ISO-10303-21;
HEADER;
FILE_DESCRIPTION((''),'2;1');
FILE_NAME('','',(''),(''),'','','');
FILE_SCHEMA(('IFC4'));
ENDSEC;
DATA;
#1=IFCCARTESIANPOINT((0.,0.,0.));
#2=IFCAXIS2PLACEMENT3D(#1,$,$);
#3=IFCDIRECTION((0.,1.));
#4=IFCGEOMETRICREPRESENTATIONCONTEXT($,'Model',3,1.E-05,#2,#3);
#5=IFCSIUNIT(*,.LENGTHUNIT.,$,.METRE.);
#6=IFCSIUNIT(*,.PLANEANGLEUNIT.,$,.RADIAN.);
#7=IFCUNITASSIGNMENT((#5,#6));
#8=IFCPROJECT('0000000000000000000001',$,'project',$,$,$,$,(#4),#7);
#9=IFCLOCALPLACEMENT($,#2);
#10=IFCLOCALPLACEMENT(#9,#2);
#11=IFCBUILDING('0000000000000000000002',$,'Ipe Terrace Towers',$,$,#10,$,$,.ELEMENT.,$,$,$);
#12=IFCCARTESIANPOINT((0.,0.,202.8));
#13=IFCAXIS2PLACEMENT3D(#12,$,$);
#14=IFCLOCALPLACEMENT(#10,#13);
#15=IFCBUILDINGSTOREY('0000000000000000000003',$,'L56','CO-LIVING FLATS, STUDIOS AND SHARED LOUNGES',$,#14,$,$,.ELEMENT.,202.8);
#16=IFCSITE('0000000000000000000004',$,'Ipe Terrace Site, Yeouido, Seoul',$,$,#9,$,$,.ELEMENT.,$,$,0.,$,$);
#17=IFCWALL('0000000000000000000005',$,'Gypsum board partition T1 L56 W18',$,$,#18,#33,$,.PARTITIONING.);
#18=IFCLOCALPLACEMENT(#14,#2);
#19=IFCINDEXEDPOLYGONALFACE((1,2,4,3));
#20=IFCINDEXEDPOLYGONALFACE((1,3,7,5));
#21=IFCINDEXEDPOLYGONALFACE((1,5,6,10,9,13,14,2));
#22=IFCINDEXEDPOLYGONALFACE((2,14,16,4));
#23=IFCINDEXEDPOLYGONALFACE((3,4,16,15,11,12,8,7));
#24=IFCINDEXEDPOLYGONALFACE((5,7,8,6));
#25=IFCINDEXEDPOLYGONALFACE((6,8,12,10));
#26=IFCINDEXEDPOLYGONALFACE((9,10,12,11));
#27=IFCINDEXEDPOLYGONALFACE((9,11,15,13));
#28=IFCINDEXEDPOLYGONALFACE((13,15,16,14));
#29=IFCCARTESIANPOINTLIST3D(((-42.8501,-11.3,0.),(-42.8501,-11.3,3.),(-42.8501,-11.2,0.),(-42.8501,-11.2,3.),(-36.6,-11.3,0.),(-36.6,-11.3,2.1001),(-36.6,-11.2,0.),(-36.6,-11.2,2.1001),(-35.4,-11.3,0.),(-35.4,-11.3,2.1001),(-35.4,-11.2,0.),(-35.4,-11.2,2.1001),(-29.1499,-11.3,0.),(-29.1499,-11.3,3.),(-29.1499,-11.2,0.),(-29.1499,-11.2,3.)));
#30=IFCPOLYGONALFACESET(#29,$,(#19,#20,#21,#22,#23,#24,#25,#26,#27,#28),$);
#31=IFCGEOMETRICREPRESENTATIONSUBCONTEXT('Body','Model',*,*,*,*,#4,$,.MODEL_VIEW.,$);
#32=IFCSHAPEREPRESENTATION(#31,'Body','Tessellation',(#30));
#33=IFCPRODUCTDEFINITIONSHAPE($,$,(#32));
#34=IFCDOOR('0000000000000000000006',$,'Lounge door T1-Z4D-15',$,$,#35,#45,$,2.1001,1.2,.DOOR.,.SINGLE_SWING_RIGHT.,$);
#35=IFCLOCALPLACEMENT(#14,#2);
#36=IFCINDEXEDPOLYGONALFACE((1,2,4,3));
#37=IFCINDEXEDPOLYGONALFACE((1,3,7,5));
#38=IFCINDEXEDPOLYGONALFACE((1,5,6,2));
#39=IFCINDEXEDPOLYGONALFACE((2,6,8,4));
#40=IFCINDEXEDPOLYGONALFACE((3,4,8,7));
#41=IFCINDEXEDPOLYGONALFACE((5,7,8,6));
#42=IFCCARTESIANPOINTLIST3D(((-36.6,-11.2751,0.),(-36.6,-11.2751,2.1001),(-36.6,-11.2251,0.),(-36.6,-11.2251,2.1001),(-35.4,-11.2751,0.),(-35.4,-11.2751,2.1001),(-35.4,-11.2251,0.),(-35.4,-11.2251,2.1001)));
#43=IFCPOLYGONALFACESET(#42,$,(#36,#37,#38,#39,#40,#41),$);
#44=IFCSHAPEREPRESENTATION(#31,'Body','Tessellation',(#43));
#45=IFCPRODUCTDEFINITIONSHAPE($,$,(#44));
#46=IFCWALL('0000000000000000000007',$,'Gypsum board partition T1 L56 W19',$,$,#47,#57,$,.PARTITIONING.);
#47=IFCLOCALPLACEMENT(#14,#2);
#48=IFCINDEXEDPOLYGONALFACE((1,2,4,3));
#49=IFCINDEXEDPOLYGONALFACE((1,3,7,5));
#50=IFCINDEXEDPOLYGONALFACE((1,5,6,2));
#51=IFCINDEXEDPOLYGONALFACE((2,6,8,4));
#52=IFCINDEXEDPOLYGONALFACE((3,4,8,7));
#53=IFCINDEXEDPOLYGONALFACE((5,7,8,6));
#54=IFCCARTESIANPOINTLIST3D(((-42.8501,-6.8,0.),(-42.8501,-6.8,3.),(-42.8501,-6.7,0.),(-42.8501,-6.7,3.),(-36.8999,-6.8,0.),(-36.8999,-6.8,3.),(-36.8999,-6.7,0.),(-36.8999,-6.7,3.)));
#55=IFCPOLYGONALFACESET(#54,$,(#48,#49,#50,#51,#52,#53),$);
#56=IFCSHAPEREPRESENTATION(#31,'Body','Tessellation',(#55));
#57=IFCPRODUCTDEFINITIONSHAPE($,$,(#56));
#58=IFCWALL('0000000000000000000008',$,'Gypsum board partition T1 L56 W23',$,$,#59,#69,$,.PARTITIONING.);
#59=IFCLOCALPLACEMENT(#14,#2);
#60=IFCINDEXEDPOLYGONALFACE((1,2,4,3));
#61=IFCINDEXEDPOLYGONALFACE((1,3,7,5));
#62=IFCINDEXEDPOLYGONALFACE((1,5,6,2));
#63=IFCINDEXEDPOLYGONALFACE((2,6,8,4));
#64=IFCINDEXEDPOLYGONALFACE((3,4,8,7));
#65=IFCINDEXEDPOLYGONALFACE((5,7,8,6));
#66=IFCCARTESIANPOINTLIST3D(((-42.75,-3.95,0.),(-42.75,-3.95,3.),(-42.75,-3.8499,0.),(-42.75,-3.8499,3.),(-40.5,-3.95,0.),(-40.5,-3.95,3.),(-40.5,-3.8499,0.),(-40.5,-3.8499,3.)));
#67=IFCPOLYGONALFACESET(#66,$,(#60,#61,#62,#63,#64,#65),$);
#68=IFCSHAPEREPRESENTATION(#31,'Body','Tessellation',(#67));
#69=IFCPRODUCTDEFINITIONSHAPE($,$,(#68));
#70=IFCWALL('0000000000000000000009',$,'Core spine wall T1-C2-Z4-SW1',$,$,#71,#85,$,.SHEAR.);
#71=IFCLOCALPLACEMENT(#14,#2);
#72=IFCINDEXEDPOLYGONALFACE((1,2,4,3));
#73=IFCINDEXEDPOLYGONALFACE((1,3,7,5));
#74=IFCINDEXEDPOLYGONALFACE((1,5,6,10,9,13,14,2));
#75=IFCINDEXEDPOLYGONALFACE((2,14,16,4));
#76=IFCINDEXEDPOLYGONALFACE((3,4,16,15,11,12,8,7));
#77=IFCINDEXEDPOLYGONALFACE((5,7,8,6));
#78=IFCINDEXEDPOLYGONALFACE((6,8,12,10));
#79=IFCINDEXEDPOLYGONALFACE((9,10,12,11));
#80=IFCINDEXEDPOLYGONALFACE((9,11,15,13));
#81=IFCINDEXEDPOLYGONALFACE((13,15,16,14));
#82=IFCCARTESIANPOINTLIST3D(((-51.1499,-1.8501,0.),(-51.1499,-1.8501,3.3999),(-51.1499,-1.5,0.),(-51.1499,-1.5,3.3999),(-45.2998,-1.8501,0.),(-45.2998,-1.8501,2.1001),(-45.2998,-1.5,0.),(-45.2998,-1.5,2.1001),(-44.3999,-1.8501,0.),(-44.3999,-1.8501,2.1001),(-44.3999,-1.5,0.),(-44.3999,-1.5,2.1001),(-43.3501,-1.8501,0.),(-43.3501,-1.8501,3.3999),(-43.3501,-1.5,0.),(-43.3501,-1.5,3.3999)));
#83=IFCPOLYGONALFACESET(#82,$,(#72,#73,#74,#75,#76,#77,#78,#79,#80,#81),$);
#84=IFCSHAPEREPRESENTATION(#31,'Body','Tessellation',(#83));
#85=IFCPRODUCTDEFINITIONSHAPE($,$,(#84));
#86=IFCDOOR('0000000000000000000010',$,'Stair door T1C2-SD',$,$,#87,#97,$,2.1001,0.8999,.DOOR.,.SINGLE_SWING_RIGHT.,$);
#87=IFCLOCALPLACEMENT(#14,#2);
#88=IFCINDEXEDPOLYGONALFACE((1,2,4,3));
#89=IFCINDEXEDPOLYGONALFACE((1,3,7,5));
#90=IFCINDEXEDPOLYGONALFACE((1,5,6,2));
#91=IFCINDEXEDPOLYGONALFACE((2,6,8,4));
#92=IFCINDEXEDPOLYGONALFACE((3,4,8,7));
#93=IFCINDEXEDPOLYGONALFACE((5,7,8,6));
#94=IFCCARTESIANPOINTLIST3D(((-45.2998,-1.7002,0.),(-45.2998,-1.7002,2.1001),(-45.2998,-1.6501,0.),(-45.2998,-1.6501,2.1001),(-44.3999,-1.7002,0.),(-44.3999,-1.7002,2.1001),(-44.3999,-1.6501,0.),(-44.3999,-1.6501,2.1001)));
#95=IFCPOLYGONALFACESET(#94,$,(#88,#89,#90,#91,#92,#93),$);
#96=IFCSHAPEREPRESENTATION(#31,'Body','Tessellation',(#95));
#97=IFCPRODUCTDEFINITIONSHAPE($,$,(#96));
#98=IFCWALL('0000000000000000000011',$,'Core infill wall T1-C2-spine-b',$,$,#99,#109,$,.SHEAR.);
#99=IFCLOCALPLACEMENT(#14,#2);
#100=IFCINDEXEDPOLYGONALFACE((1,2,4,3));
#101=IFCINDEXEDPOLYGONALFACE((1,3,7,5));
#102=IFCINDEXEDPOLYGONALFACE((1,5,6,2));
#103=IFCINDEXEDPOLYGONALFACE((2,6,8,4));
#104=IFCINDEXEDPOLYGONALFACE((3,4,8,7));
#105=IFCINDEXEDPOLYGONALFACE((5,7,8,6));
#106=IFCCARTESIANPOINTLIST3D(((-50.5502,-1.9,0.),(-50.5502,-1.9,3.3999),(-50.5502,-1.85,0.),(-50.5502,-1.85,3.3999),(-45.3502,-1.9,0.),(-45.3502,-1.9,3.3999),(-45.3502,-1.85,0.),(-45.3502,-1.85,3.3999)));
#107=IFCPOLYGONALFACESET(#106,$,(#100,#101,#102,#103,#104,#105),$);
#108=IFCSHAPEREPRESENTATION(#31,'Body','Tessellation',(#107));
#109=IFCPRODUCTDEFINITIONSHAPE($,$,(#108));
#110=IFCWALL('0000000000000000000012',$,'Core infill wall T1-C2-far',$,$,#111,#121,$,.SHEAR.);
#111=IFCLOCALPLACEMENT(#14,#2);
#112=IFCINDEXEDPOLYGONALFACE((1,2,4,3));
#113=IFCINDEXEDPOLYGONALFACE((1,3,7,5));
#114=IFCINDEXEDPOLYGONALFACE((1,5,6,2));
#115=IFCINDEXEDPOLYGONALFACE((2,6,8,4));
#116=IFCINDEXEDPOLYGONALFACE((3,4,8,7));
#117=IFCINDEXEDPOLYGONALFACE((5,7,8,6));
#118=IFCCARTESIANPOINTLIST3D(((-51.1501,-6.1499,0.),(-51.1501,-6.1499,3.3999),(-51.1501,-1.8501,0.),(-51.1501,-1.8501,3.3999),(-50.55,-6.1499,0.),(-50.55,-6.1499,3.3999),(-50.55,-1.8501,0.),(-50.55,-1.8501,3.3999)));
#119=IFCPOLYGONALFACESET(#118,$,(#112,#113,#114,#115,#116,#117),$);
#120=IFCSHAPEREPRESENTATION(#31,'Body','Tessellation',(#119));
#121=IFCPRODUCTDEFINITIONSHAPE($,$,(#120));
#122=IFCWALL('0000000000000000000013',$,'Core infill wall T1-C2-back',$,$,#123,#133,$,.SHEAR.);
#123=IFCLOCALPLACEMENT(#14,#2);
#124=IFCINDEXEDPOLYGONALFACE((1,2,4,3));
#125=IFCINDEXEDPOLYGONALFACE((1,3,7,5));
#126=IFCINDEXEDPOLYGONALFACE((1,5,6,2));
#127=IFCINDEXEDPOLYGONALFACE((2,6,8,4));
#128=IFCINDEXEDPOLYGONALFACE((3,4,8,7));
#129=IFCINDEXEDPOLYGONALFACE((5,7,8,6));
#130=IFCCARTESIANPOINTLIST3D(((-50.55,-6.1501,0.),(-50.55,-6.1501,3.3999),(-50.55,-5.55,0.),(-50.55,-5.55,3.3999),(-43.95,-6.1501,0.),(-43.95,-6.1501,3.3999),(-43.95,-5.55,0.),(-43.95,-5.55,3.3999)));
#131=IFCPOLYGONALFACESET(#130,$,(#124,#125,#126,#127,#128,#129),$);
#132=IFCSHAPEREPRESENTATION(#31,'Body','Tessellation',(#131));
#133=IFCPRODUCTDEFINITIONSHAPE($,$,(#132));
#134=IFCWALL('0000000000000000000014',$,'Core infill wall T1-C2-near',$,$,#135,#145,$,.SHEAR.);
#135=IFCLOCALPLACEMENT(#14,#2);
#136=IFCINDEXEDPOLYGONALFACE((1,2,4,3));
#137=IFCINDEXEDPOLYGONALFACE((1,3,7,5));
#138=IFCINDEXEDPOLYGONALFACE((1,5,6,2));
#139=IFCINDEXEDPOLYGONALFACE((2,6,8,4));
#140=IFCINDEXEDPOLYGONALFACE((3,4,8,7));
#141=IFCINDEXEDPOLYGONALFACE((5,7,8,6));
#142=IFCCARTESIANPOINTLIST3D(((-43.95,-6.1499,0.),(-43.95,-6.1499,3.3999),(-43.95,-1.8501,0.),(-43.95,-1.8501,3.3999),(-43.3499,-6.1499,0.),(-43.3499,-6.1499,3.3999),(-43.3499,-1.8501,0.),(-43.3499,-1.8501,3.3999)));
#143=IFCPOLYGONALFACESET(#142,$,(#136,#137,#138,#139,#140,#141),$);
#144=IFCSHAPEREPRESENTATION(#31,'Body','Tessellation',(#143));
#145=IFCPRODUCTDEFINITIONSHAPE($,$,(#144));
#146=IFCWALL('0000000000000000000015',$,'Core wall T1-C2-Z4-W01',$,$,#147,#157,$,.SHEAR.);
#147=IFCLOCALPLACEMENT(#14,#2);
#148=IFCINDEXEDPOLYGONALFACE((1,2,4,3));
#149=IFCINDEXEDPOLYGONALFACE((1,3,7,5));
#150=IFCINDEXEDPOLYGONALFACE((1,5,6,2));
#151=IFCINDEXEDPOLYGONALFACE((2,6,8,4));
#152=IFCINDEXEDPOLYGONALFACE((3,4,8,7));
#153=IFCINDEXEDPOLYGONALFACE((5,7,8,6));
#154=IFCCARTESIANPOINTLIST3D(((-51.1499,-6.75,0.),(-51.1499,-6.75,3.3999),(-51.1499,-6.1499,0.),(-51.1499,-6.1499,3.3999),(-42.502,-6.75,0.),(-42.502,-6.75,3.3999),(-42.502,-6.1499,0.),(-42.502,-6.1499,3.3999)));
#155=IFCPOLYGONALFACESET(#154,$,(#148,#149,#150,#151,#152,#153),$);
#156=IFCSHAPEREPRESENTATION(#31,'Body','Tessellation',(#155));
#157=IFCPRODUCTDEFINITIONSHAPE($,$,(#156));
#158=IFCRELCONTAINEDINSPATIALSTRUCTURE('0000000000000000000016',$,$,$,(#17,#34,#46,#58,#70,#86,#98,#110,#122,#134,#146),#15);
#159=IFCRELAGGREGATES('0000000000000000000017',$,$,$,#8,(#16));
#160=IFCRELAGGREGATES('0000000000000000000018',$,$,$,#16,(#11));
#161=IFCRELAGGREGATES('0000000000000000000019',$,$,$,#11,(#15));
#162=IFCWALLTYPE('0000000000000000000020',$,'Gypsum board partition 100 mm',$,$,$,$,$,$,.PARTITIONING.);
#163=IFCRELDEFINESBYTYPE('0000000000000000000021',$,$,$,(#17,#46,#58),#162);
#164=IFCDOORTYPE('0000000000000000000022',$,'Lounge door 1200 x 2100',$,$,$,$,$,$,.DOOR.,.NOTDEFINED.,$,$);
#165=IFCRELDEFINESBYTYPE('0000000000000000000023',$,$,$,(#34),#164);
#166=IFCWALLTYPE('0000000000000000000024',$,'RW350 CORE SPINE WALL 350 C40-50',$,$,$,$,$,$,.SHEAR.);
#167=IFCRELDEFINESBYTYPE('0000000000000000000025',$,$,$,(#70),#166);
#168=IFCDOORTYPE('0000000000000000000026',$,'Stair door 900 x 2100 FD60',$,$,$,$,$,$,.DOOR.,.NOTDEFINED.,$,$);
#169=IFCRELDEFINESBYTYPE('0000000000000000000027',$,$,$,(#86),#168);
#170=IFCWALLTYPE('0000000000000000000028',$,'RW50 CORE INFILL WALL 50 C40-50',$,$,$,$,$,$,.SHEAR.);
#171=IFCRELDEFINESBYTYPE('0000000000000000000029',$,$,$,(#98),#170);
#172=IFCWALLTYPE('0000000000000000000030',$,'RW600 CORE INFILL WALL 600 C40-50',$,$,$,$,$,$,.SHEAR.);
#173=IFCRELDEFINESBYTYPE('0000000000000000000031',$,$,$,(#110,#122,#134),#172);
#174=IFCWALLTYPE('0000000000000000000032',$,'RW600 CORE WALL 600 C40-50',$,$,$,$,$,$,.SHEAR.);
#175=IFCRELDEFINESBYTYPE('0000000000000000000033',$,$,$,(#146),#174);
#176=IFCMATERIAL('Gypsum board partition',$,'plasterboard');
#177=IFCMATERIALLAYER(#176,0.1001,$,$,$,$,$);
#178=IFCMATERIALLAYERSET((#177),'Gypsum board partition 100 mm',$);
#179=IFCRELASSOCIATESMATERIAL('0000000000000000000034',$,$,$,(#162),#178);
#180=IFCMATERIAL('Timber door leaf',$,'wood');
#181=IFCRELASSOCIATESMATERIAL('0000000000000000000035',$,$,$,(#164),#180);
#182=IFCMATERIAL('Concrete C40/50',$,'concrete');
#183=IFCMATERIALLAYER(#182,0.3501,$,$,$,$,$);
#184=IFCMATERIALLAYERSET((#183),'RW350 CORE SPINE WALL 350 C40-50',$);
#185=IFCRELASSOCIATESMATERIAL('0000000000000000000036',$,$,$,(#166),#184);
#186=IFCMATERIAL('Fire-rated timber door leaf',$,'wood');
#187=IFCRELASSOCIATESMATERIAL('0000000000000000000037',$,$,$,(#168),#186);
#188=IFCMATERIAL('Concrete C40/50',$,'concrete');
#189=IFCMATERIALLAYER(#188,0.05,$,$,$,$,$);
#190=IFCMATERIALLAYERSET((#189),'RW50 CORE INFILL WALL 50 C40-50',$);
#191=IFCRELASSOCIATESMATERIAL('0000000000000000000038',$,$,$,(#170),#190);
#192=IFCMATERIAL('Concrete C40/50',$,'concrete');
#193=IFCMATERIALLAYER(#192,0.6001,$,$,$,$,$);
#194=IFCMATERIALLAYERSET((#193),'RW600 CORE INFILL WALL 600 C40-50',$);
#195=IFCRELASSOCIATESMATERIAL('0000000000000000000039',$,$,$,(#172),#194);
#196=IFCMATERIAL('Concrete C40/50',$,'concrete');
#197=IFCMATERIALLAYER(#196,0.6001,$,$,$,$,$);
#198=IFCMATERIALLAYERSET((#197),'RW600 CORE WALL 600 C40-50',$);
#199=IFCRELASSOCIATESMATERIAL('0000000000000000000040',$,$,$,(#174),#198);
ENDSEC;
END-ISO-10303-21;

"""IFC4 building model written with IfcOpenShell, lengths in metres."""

from ifc_helpers import new_model, si_unit, direction, frame, frame_2d, origin, place, context, subcontext, project, spatial, rectangle, extrude, material, layer, layer_set, type_object, element, fill, save


model = new_model("IFC4")

# Units and contexts
model_context = context("Model", 3, precision=1e-05, world=origin(), true_north=direction((0.0, 1.0)))
body_context = subcontext(model_context, "Body", "Model", "MODEL_VIEW")
ifc_project = project(units=[si_unit("LENGTHUNIT", "METRE"), si_unit("PLANEANGLEUNIT", "RADIAN")], contexts=[model_context])

# Site, building, storey
site_placement = place(None, origin())
site = spatial("IfcSite", under=ifc_project, at=site_placement, Name="Ipe Terrace Site, Yeouido, Seoul", CompositionType="ELEMENT", RefElevation=0.0)
building_placement = place(site_placement, origin())
building = spatial("IfcBuilding", under=site, at=building_placement, Name="Ipe Terrace Towers", CompositionType="ELEMENT")
storey_placement = place(building_placement, frame((0.0, 0.0, 202.8)))
storey = spatial("IfcBuildingStorey", under=building, at=storey_placement, Name="L56", Description="CO-LIVING FLATS, STUDIOS AND SHARED LOUNGES", CompositionType="ELEMENT", Elevation=202.8)

# Wall, opening, door
ifc_material_1 = material(Name="Gypsum board partition", Category="plasterboard")
ifc_layer_1 = layer(ifc_material_1, 0.1001)
ifc_layer_set_1 = layer_set([ifc_layer_1], Name="Gypsum board partition 100 mm")
wall_type_1 = type_object("IfcWallType", Name="Gypsum board partition 100 mm", PredefinedType="PARTITIONING", material=ifc_layer_set_1)
wall_1_placement = place(storey_placement, frame((-42.8501, -11.25, 0.0), z_axis=(0.0, 0.0, 1.0), x_axis=(1.0, 0.0, 0.0)))
wall_1 = element("IfcWall", 1, at=wall_1_placement, inside=storey, type_object=wall_type_1, Name="Gypsum board partition T1 L56 W18", PredefinedType="PARTITIONING", context=body_context, shape_type="SweptSolid", body=[
    extrude(rectangle(XDim=13.7002, YDim=0.1001, at=frame_2d((6.8501, 0.0))), origin(), (0.0, 0.0, 1.0), 3.0),
])
opening_1_placement = place(wall_1_placement, frame((6.25, 0.0, 0.0)))
opening_1 = element("IfcOpeningElement", 2, at=opening_1_placement, cuts=wall_1, PredefinedType="OPENING", context=body_context, shape_type="SweptSolid", body=[
    extrude(rectangle(XDim=1.2, YDim=2.1001, at=frame_2d((0.6001, 1.05))), frame((0.0, 0.0601, 0.0), z_axis=(0.0, -1.0, 0.0), x_axis=(1.0, 0.0, 0.0)), (0.0, 0.0, 1.0), 0.1201),
])
ifc_material_2 = material(Name="Timber door leaf", Category="wood")
door_type_1 = type_object("IfcDoorType", Name="Lounge door 1200 x 2100", OperationType="NOTDEFINED", PredefinedType="DOOR", material=ifc_material_2)
door_1_placement = place(opening_1_placement, origin())
door_1 = element("IfcDoor", 3, at=door_1_placement, inside=storey, type_object=door_type_1, Name="Lounge door T1-Z4D-15", OperationType="SINGLE_SWING_RIGHT", OverallHeight=2.1001, OverallWidth=1.2, PredefinedType="DOOR", context=body_context, shape_type="SweptSolid", body=[
    extrude(rectangle(XDim=1.2, YDim=2.1001, at=frame_2d((0.6001, 1.05))), frame((0.0, 0.0249, 0.0), z_axis=(0.0, -1.0, 0.0), x_axis=(1.0, 0.0, 0.0)), (0.0, 0.0, 1.0), 0.05),
])
fill(opening_1, door_1)

# Walls
wall_2_placement = place(storey_placement, frame((-42.8501, -6.75, 0.0), z_axis=(0.0, 0.0, 1.0), x_axis=(1.0, 0.0, 0.0)))
element("IfcWall", 4, at=wall_2_placement, inside=storey, type_object=wall_type_1, Name="Gypsum board partition T1 L56 W19", PredefinedType="PARTITIONING", context=body_context, shape_type="SweptSolid", body=[
    extrude(rectangle(XDim=5.9502, YDim=0.1001, at=frame_2d((2.9751, 0.0))), origin(), (0.0, 0.0, 1.0), 3.0),
])
wall_3_placement = place(storey_placement, frame((-42.75, -3.8999, 0.0), z_axis=(0.0, 0.0, 1.0), x_axis=(1.0, 0.0, 0.0)))
element("IfcWall", 5, at=wall_3_placement, inside=storey, type_object=wall_type_1, Name="Gypsum board partition T1 L56 W23", PredefinedType="PARTITIONING", context=body_context, shape_type="SweptSolid", body=[
    extrude(rectangle(XDim=2.25, YDim=0.1001, at=frame_2d((1.125, 0.0))), origin(), (0.0, 0.0, 1.0), 3.0),
])

# Wall, opening, door
ifc_material_3 = material(Name="Concrete C40/50", Category="concrete")
ifc_layer_2 = layer(ifc_material_3, 0.3501)
ifc_layer_set_2 = layer_set([ifc_layer_2], Name="RW350 CORE SPINE WALL 350 C40-50")
wall_type_2 = type_object("IfcWallType", Name="RW350 CORE SPINE WALL 350 C40-50", PredefinedType="SHEAR", material=ifc_layer_set_2)
wall_4_placement = place(storey_placement, frame((-51.1499, -1.675, 0.0), z_axis=(0.0, 0.0, 1.0), x_axis=(1.0, 0.0, 0.0)))
wall_4 = element("IfcWall", 6, at=wall_4_placement, inside=storey, type_object=wall_type_2, Name="Core spine wall T1-C2-Z4-SW1", PredefinedType="SHEAR", context=body_context, shape_type="SweptSolid", body=[
    extrude(rectangle(XDim=7.7998, YDim=0.3501, at=frame_2d((3.8999, 0.0))), origin(), (0.0, 0.0, 1.0), 3.3999),
])
opening_2_placement = place(wall_4_placement, frame((5.8501, 0.0, 0.0)))
opening_2 = element("IfcOpeningElement", 7, at=opening_2_placement, cuts=wall_4, PredefinedType="OPENING", context=body_context, shape_type="SweptSolid", body=[
    extrude(rectangle(XDim=0.8999, YDim=2.1001, at=frame_2d((0.45, 1.05))), frame((0.0, 0.1851, 0.0), z_axis=(0.0, -1.0, 0.0), x_axis=(1.0, 0.0, 0.0)), (0.0, 0.0, 1.0), 0.3701),
])
ifc_material_4 = material(Name="Fire-rated timber door leaf", Category="wood")
door_type_2 = type_object("IfcDoorType", Name="Stair door 900 x 2100 FD60", OperationType="NOTDEFINED", PredefinedType="DOOR", material=ifc_material_4)
door_2_placement = place(opening_2_placement, origin())
door_2 = element("IfcDoor", 8, at=door_2_placement, inside=storey, type_object=door_type_2, Name="Stair door T1C2-SD", OperationType="SINGLE_SWING_RIGHT", OverallHeight=2.1001, OverallWidth=0.8999, PredefinedType="DOOR", context=body_context, shape_type="SweptSolid", body=[
    extrude(rectangle(XDim=0.8999, YDim=2.1001, at=frame_2d((0.45, 1.05))), frame((0.0, 0.0249, 0.0), z_axis=(0.0, -1.0, 0.0), x_axis=(1.0, 0.0, 0.0)), (0.0, 0.0, 1.0), 0.05),
])
fill(opening_2, door_2)

# Walls
ifc_material_5 = material(Name="Concrete C40/50", Category="concrete")
ifc_layer_3 = layer(ifc_material_5, 0.05)
ifc_layer_set_3 = layer_set([ifc_layer_3], Name="RW50 CORE INFILL WALL 50 C40-50")
wall_type_3 = type_object("IfcWallType", Name="RW50 CORE INFILL WALL 50 C40-50", PredefinedType="SHEAR", material=ifc_layer_set_3)
wall_5_placement = place(storey_placement, frame((-45.3501, -1.875, 0.0), z_axis=(0.0, 0.0, 1.0), x_axis=(-1.0, 0.0, 0.0)))
element("IfcWall", 9, at=wall_5_placement, inside=storey, type_object=wall_type_3, Name="Core infill wall T1-C2-spine-b", PredefinedType="SHEAR", context=body_context, shape_type="SweptSolid", body=[
    extrude(rectangle(XDim=5.2, YDim=0.05, at=frame_2d((2.6001, 0.0))), origin(), (0.0, 0.0, 1.0), 3.3999),
])
ifc_material_6 = material(Name="Concrete C40/50", Category="concrete")
ifc_layer_4 = layer(ifc_material_6, 0.6001)
ifc_layer_set_4 = layer_set([ifc_layer_4], Name="RW600 CORE INFILL WALL 600 C40-50")
wall_type_4 = type_object("IfcWallType", Name="RW600 CORE INFILL WALL 600 C40-50", PredefinedType="SHEAR", material=ifc_layer_set_4)
wall_6_placement = place(storey_placement, frame((-50.8501, -1.8501, 0.0), z_axis=(0.0, 0.0, 1.0), x_axis=(0.0, -1.0, 0.0)))
element("IfcWall", 10, at=wall_6_placement, inside=storey, type_object=wall_type_4, Name="Core infill wall T1-C2-far", PredefinedType="SHEAR", context=body_context, shape_type="SweptSolid", body=[
    extrude(rectangle(XDim=4.2998, YDim=0.6001, at=frame_2d((2.1499, 0.0))), origin(), (0.0, 0.0, 1.0), 3.3999),
])
wall_7_placement = place(storey_placement, frame((-43.95, -5.8501, 0.0), z_axis=(0.0, 0.0, 1.0), x_axis=(-1.0, 0.0, 0.0)))
element("IfcWall", 11, at=wall_7_placement, inside=storey, type_object=wall_type_4, Name="Core infill wall T1-C2-back", PredefinedType="SHEAR", context=body_context, shape_type="SweptSolid", body=[
    extrude(rectangle(XDim=6.6001, YDim=0.6001, at=frame_2d((3.3, 0.0))), origin(), (0.0, 0.0, 1.0), 3.3999),
])
wall_8_placement = place(storey_placement, frame((-43.6499, -1.8501, 0.0), z_axis=(0.0, 0.0, 1.0), x_axis=(0.0, -1.0, 0.0)))
element("IfcWall", 12, at=wall_8_placement, inside=storey, type_object=wall_type_4, Name="Core infill wall T1-C2-near", PredefinedType="SHEAR", context=body_context, shape_type="SweptSolid", body=[
    extrude(rectangle(XDim=4.2998, YDim=0.6001, at=frame_2d((2.1499, 0.0))), origin(), (0.0, 0.0, 1.0), 3.3999),
])
ifc_material_7 = material(Name="Concrete C40/50", Category="concrete")
ifc_layer_5 = layer(ifc_material_7, 0.6001)
ifc_layer_set_5 = layer_set([ifc_layer_5], Name="RW600 CORE WALL 600 C40-50")
wall_type_5 = type_object("IfcWallType", Name="RW600 CORE WALL 600 C40-50", PredefinedType="SHEAR", material=ifc_layer_set_5)
wall_9_placement = place(storey_placement, frame((-51.1499, -6.45, 0.0), z_axis=(0.0, 0.0, 1.0), x_axis=(1.0, 0.0, 0.0)))
element("IfcWall", 13, at=wall_9_placement, inside=storey, type_object=wall_type_5, Name="Core wall T1-C2-Z4-W01", PredefinedType="SHEAR", context=body_context, shape_type="SweptSolid", body=[
    extrude(rectangle(XDim=8.6479, YDim=0.6001, at=frame_2d((4.324, 0.0))), origin(), (0.0, 0.0, 1.0), 3.3999),
])

save(model, "model.ifc")
